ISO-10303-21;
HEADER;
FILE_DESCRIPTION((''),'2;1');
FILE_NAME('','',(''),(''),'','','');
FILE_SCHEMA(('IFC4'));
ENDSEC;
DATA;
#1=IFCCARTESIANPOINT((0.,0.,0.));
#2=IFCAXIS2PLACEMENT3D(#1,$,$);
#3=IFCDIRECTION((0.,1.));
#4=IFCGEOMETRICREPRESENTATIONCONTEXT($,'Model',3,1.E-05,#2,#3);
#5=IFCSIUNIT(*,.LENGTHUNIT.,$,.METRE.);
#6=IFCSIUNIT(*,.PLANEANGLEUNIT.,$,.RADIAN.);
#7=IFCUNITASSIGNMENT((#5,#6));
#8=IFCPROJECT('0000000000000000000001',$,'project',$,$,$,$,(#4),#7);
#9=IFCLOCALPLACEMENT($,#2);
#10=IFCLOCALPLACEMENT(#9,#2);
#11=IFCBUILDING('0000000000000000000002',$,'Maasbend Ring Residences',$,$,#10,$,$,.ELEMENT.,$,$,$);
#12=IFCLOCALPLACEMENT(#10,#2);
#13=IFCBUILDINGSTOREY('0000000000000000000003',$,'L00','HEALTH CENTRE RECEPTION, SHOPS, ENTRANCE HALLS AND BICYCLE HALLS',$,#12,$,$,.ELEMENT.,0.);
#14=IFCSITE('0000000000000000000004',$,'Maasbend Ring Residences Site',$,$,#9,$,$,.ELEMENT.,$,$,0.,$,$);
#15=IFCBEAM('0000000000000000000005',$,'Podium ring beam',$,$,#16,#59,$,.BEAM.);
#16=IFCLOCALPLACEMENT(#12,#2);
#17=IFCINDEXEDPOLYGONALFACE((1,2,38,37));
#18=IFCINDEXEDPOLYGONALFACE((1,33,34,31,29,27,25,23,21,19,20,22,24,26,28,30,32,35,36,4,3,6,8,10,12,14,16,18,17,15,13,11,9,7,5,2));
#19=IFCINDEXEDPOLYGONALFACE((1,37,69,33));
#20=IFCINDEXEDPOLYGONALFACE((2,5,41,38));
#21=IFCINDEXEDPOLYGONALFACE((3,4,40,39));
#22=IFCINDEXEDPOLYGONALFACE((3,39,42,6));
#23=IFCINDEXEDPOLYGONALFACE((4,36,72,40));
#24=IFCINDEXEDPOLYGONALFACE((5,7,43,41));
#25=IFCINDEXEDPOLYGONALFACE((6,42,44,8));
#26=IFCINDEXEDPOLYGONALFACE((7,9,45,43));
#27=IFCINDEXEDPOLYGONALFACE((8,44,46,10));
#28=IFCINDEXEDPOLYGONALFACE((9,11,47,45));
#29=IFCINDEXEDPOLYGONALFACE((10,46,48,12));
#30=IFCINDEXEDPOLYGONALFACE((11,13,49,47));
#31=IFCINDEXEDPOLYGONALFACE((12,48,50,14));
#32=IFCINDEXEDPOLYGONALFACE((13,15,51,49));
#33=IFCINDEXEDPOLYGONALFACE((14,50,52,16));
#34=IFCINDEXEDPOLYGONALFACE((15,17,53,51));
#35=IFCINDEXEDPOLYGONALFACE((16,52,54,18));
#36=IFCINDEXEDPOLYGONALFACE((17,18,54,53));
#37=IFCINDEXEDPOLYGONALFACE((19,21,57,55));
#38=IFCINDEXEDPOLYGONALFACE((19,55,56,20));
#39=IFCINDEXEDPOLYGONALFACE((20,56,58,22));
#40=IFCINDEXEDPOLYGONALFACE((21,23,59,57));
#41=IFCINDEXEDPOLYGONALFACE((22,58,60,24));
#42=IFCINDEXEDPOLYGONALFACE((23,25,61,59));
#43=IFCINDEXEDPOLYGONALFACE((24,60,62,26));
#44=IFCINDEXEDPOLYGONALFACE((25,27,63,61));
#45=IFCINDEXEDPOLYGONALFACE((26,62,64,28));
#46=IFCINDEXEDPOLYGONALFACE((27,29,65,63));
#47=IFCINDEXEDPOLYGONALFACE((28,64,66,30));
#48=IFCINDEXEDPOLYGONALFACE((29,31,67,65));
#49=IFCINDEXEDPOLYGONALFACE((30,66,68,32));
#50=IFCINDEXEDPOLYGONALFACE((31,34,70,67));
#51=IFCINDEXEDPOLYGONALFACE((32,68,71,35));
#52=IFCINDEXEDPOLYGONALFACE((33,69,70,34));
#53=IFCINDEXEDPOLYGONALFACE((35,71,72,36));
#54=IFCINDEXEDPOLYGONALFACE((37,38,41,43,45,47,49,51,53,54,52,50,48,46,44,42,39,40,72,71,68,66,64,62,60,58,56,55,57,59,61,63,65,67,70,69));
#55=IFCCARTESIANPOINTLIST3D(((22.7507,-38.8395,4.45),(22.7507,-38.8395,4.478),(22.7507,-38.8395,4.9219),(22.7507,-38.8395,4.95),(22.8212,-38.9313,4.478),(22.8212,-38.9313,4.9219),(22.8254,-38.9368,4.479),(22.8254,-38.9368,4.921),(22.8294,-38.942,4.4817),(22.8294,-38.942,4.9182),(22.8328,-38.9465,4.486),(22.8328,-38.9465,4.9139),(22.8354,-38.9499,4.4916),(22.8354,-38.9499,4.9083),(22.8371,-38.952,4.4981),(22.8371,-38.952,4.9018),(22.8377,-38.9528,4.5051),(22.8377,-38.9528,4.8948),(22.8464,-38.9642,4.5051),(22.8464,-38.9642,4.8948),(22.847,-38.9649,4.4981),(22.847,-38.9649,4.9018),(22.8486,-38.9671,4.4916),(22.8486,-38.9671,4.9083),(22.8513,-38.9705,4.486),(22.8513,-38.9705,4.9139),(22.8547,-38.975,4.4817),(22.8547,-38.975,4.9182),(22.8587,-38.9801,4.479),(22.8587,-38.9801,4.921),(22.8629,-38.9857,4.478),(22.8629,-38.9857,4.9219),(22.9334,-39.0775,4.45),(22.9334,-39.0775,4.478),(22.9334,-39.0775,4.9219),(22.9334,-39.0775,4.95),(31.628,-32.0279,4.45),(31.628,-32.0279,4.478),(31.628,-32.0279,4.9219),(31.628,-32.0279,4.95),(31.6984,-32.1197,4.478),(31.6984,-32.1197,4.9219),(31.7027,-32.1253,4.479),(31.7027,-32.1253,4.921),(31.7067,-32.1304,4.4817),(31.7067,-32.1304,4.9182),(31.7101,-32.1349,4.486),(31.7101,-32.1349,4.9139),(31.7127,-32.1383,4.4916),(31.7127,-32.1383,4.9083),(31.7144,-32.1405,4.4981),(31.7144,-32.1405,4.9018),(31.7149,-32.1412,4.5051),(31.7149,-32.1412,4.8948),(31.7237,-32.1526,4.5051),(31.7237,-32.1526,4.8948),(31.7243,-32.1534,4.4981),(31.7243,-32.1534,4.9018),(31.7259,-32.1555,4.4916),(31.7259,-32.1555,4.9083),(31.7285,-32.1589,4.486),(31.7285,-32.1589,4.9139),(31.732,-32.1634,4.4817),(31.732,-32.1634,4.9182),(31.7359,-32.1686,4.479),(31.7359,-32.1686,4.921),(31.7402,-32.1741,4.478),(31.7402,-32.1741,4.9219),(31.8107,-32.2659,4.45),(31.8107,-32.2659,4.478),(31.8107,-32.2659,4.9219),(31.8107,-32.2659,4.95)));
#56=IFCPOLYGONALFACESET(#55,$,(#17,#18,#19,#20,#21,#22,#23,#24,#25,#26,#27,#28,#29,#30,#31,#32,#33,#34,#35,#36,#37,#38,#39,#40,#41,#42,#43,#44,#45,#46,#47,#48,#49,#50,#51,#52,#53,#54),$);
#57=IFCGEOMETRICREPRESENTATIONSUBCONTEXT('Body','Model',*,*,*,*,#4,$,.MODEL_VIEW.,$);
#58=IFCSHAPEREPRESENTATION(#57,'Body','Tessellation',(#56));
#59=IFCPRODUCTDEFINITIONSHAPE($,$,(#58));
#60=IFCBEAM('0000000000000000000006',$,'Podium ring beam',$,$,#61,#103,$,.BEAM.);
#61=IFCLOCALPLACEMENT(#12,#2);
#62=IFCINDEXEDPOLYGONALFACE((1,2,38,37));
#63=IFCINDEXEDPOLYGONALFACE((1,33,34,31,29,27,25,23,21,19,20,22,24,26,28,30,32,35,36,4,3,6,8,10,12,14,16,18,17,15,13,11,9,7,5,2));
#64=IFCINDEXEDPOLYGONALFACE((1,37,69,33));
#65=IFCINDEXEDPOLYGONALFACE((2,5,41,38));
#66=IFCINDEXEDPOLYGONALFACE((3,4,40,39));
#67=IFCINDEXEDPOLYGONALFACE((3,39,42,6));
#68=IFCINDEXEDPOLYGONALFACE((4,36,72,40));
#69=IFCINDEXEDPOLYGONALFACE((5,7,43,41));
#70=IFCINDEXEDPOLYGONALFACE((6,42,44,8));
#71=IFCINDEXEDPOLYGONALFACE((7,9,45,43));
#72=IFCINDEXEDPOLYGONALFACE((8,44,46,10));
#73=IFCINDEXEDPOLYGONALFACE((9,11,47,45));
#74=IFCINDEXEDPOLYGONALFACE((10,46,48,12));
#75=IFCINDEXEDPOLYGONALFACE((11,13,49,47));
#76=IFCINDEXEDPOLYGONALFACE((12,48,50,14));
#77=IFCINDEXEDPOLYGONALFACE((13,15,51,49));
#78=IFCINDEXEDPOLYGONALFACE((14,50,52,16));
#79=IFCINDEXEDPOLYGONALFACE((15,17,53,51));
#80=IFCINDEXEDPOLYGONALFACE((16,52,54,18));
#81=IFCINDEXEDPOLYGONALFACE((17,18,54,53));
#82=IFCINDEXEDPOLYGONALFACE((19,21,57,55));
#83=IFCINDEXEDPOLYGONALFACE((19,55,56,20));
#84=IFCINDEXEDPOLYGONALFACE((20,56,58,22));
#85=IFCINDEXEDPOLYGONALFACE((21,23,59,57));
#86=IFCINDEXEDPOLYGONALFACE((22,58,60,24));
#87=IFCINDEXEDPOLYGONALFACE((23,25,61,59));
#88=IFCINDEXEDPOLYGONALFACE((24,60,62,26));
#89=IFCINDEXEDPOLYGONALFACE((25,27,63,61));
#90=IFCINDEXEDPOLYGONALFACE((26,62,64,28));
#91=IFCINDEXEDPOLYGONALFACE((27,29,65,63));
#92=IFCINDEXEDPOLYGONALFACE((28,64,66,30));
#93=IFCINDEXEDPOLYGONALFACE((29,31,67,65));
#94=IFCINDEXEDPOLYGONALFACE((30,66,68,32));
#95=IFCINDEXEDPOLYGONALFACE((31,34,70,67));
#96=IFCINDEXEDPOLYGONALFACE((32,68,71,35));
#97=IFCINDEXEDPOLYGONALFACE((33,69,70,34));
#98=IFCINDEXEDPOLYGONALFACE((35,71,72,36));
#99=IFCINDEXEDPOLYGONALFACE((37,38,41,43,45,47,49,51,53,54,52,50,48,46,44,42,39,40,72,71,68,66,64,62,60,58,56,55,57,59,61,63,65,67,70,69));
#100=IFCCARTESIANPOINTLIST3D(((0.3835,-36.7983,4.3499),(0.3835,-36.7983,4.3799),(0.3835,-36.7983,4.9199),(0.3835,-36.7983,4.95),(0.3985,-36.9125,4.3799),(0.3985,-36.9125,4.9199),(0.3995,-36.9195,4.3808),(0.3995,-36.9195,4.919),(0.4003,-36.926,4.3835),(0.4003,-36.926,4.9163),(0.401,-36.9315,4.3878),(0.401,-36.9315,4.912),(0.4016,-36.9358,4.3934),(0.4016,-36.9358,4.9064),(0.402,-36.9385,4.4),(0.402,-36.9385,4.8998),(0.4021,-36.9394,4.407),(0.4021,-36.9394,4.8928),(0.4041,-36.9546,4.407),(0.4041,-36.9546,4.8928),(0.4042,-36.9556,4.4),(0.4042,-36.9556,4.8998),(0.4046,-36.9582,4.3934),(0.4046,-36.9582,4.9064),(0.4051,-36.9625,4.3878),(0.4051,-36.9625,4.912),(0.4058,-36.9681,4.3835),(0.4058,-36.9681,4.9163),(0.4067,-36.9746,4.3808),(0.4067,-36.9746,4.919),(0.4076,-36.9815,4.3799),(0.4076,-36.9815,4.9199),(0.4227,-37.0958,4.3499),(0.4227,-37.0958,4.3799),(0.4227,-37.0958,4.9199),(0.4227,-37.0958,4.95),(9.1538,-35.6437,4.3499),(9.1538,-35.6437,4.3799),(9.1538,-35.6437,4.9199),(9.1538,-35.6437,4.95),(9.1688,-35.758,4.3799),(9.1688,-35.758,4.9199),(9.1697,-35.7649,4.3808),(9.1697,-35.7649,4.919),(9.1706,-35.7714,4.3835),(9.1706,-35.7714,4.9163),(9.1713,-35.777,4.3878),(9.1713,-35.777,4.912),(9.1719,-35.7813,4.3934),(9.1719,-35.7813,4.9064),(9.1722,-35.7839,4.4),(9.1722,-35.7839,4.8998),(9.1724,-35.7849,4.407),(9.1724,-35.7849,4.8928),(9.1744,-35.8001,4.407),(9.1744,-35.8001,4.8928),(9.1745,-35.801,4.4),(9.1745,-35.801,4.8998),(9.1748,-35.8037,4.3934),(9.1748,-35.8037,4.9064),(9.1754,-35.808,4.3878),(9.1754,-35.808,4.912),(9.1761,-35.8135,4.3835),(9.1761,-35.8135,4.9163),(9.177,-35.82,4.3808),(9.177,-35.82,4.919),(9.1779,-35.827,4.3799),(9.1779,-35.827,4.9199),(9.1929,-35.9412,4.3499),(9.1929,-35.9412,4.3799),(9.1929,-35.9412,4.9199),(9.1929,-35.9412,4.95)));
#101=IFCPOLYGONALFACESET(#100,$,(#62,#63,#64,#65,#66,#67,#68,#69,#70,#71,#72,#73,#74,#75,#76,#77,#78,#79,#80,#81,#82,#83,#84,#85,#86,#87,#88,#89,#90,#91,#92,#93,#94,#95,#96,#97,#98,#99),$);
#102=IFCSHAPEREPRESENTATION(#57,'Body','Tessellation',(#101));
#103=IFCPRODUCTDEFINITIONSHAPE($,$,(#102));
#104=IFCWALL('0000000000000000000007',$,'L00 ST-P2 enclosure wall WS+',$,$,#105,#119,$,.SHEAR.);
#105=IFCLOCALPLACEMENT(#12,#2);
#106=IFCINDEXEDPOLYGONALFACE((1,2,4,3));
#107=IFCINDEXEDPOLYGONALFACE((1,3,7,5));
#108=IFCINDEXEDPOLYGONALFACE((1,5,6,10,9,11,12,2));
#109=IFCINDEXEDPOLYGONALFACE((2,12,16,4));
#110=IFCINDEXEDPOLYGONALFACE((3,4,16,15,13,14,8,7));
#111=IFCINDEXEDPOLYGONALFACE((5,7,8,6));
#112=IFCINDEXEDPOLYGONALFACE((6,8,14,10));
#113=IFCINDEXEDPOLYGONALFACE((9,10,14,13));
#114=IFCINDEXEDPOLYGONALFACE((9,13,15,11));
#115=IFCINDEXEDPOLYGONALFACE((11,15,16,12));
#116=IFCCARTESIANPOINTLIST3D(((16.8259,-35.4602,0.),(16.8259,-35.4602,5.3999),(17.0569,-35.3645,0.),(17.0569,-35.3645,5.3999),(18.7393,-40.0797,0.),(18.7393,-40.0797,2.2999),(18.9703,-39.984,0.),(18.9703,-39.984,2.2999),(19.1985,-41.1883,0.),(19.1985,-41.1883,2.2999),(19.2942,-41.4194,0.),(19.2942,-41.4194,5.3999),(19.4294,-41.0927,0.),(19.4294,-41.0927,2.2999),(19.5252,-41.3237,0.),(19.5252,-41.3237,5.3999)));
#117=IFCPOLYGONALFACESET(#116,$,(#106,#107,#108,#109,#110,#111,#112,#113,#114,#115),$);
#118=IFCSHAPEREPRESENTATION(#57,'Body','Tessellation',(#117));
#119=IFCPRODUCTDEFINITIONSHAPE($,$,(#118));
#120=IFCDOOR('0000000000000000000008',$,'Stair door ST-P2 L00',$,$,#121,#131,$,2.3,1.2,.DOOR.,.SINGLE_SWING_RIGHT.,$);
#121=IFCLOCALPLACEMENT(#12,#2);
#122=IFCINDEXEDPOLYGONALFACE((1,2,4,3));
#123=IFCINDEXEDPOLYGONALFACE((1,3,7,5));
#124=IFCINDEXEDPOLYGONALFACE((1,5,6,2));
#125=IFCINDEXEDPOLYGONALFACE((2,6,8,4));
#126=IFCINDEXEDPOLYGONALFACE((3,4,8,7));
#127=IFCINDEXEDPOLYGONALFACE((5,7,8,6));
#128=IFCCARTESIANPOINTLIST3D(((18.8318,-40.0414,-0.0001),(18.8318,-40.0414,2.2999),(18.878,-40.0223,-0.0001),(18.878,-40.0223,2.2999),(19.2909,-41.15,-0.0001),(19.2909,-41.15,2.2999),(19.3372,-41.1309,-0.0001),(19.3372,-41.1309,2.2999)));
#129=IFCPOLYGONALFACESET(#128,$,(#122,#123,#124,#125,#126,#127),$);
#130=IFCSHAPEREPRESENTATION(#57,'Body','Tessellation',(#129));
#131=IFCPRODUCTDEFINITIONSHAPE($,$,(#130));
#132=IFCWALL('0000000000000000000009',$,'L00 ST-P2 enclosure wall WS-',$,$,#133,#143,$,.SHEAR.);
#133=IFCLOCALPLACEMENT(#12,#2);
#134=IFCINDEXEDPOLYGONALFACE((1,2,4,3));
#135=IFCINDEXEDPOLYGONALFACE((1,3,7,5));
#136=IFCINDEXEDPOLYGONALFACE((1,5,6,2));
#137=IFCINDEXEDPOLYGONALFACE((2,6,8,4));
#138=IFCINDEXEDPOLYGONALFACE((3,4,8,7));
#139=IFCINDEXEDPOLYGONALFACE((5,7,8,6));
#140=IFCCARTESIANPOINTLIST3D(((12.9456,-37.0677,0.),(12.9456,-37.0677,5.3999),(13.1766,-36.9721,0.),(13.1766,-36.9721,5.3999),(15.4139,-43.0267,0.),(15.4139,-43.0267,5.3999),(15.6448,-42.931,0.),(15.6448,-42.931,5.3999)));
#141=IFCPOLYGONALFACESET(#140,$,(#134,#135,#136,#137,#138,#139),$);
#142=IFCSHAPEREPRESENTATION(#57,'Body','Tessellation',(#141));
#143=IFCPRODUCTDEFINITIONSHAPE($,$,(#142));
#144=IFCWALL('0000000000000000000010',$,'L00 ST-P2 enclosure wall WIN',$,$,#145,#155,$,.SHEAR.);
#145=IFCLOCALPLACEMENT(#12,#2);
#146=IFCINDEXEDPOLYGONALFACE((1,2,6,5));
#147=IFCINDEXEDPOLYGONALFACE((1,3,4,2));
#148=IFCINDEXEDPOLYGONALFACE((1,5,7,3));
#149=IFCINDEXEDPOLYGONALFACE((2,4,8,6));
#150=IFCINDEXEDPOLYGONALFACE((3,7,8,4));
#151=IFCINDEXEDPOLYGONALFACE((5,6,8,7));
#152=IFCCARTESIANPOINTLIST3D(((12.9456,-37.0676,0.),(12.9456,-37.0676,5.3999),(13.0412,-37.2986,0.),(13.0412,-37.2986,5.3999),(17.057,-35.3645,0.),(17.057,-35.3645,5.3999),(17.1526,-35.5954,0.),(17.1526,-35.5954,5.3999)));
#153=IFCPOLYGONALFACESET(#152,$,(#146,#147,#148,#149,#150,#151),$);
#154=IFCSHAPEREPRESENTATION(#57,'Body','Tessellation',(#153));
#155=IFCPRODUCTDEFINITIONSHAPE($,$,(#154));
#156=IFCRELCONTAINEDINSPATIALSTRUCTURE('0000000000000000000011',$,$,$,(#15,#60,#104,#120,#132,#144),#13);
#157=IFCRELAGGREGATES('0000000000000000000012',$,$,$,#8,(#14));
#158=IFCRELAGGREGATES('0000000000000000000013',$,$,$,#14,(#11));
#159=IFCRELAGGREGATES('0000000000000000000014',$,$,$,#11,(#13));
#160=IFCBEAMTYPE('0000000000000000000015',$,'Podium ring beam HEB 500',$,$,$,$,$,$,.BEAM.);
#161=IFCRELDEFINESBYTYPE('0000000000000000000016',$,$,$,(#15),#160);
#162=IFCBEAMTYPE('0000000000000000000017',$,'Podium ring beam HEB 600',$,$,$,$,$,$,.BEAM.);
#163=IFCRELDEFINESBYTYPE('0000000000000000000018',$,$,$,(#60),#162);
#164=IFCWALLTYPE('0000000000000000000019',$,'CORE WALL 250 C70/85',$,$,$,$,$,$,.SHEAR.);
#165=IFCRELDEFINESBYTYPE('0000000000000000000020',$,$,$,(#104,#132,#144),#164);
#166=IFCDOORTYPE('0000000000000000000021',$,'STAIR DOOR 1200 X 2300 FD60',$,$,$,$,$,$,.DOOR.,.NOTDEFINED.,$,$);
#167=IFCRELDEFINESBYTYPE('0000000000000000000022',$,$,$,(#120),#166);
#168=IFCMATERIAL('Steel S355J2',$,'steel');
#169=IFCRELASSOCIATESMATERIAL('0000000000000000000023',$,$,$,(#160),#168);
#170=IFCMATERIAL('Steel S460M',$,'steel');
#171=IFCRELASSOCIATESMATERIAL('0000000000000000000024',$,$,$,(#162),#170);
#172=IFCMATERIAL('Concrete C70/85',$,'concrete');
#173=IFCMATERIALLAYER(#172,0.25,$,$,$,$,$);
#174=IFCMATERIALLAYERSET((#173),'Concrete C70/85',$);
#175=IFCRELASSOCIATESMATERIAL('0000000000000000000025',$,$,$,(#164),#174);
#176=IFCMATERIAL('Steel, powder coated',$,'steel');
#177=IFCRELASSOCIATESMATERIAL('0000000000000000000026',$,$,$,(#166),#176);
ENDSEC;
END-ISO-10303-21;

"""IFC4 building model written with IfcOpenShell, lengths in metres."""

from ifc_helpers import new_model, si_unit, direction, frame, frame_2d, origin, origin_2d, place, context, subcontext, project, spatial, rectangle, i_section, extrude, material, layer, layer_set, material_profile, profile_set, type_object, element, fill, save


model = new_model("IFC4")

# Units and contexts
model_context = context("Model", 3, precision=1e-05, world=origin(), true_north=direction((0.0, 1.0)))
body_context = subcontext(model_context, "Body", "Model", "MODEL_VIEW")
ifc_project = project(units=[si_unit("LENGTHUNIT", "METRE"), si_unit("PLANEANGLEUNIT", "RADIAN")], contexts=[model_context])

# Site, building, storey
site_placement = place(None, origin())
site = spatial("IfcSite", under=ifc_project, at=site_placement, Name="Maasbend Ring Residences Site", CompositionType="ELEMENT", RefElevation=0.0)
building_placement = place(site_placement, origin())
building = spatial("IfcBuilding", under=site, at=building_placement, Name="Maasbend Ring Residences", CompositionType="ELEMENT")
storey_placement = place(building_placement, origin())
storey = spatial("IfcBuildingStorey", under=building, at=storey_placement, Name="L00", Description="HEALTH CENTRE RECEPTION, SHOPS, ENTRANCE HALLS AND BICYCLE HALLS", CompositionType="ELEMENT", Elevation=0.0)

# Beams
ifc_material_1 = material(Name="Steel S355J2", Category="steel")
ifc_material_profile_1 = material_profile(ifc_material_1, i_section(OverallWidth=0.3, OverallDepth=0.5, WebThickness=0.0144, FlangeThickness=0.0281, FilletRadius=0.0271, at=origin_2d()), Name="HEB 500")
ifc_profile_set_1 = profile_set([ifc_material_profile_1], Name="Steel S355J2")
beam_type_1 = type_object("IfcBeamType", Name="Podium ring beam HEB 500", PredefinedType="BEAM", material=ifc_profile_set_1)
for number, where, z_axis, x_axis, name in (
    (1, (22.842, -38.9585, 4.7), (0.793362, 0.608751, 0.0), (-0.608751, 0.793362, 0.0), "Podium ring beam"),
):
    element("IfcBeam", number, at=place(storey_placement, frame(where, z_axis=z_axis, x_axis=x_axis)), inside=storey, type_object=beam_type_1, Name=name, PredefinedType="BEAM", context=body_context, shape_type="SweptSolid", body=[
        extrude(i_section(OverallWidth=0.3, OverallDepth=0.5, WebThickness=0.0144, FlangeThickness=0.0281, FilletRadius=0.0271, at=origin_2d()), origin(), (0.0, 0.0, 1.0), 11.1895),
    ])
ifc_material_2 = material(Name="Steel S460M", Category="steel")
ifc_material_profile_2 = material_profile(ifc_material_2, i_section(OverallWidth=0.3, OverallDepth=0.6001, WebThickness=0.0154, FlangeThickness=0.03, FilletRadius=0.0271, at=origin_2d()), Name="HEB 600")
ifc_profile_set_2 = profile_set([ifc_material_profile_2], Name="Steel S460M")
beam_type_2 = type_object("IfcBeamType", Name="Podium ring beam HEB 600", PredefinedType="BEAM", material=ifc_profile_set_2)
beam_placement = place(storey_placement, frame((0.4031, -36.947, 4.6499), z_axis=(0.991446, 0.130517, 0.0), x_axis=(-0.130517, 0.991446, 0.0)))
element("IfcBeam", 2, at=beam_placement, inside=storey, type_object=beam_type_2, Name="Podium ring beam", PredefinedType="BEAM", context=body_context, shape_type="SweptSolid", body=[
    extrude(i_section(OverallWidth=0.3, OverallDepth=0.6001, WebThickness=0.0154, FlangeThickness=0.03, FilletRadius=0.0271, at=origin_2d()), origin(), (0.0, 0.0, 1.0), 8.8459),
])

# Wall, opening, door
ifc_material_3 = material(Name="Concrete C70/85", Category="concrete")
ifc_layer_1 = layer(ifc_material_3, 0.25)
ifc_layer_set_1 = layer_set([ifc_layer_1], Name="Concrete C70/85")
wall_type_1 = type_object("IfcWallType", Name="CORE WALL 250 C70/85", PredefinedType="SHEAR", material=ifc_layer_set_1)
wall_1_placement = place(storey_placement, frame((19.4097, -41.3716, 0.0), z_axis=(0.0, 0.0, 1.0), x_axis=(-0.382666, 0.923887, 0.0)))
wall_1 = element("IfcWall", 3, at=wall_1_placement, inside=storey, type_object=wall_type_1, Name="L00 ST-P2 enclosure wall WS+", PredefinedType="SHEAR", context=body_context, shape_type="SweptSolid", body=[
    extrude(rectangle(XDim=6.4502, YDim=0.25, at=frame_2d((3.2251, 0.0))), origin(), (0.0, 0.0, 1.0), 5.3999),
])
opening_1_placement = place(wall_1_placement, frame((0.25, 0.0, 0.0)))
opening_1 = element("IfcOpeningElement", 4, at=opening_1_placement, cuts=wall_1, PredefinedType="OPENING", context=body_context, shape_type="SweptSolid", body=[
    extrude(rectangle(XDim=1.2, YDim=2.3, at=frame_2d((0.6001, 1.1499))), frame((0.0, 0.135, 0.0), z_axis=(0.0, -1.0, 0.0), x_axis=(1.0, 0.0, 0.0)), (0.0, 0.0, 1.0), 0.27),
])
ifc_material_4 = material(Name="Steel, powder coated", Category="steel")
door_type_1 = type_object("IfcDoorType", Name="STAIR DOOR 1200 X 2300 FD60", OperationType="NOTDEFINED", PredefinedType="DOOR", material=ifc_material_4)
door_1_placement = place(opening_1_placement, origin())
door_1 = element("IfcDoor", 5, at=door_1_placement, inside=storey, type_object=door_type_1, Name="Stair door ST-P2 L00", OperationType="SINGLE_SWING_RIGHT", OverallHeight=2.3, OverallWidth=1.2, PredefinedType="DOOR", context=body_context, shape_type="SweptSolid", body=[
    extrude(rectangle(XDim=1.2, YDim=2.3, at=frame_2d((0.6001, 1.1499))), frame((0.0, 0.0249, 0.0), z_axis=(0.0, -1.0, 0.0), x_axis=(1.0, 0.0, 0.0)), (0.0, 0.0, 1.0), 0.05),
])
fill(opening_1, door_1)

# Walls
wall_2_placement = place(storey_placement, frame((13.061, -37.0198, 0.0), z_axis=(0.0, 0.0, 1.0), x_axis=(0.382679, -0.923881, 0.0)))
element("IfcWall", 6, at=wall_2_placement, inside=storey, type_object=wall_type_1, Name="L00 ST-P2 enclosure wall WS-", PredefinedType="SHEAR", context=body_context, shape_type="SweptSolid", body=[
    extrude(rectangle(XDim=6.45, YDim=0.25, at=frame_2d((3.2251, 0.0))), origin(), (0.0, 0.0, 1.0), 5.3999),
])
wall_3_placement = place(storey_placement, frame((12.9934, -37.1831, 0.0), z_axis=(0.0, 0.0, 1.0), x_axis=(0.923867, 0.382714, 0.0)))
element("IfcWall", 7, at=wall_3_placement, inside=storey, type_object=wall_type_1, Name="L00 ST-P2 enclosure wall WIN", PredefinedType="SHEAR", context=body_context, shape_type="SweptSolid", body=[
    extrude(rectangle(XDim=4.4502, YDim=0.25, at=frame_2d((2.2251, 0.0))), origin(), (0.0, 0.0, 1.0), 5.3999),
])

save(model, "model.ifc")
